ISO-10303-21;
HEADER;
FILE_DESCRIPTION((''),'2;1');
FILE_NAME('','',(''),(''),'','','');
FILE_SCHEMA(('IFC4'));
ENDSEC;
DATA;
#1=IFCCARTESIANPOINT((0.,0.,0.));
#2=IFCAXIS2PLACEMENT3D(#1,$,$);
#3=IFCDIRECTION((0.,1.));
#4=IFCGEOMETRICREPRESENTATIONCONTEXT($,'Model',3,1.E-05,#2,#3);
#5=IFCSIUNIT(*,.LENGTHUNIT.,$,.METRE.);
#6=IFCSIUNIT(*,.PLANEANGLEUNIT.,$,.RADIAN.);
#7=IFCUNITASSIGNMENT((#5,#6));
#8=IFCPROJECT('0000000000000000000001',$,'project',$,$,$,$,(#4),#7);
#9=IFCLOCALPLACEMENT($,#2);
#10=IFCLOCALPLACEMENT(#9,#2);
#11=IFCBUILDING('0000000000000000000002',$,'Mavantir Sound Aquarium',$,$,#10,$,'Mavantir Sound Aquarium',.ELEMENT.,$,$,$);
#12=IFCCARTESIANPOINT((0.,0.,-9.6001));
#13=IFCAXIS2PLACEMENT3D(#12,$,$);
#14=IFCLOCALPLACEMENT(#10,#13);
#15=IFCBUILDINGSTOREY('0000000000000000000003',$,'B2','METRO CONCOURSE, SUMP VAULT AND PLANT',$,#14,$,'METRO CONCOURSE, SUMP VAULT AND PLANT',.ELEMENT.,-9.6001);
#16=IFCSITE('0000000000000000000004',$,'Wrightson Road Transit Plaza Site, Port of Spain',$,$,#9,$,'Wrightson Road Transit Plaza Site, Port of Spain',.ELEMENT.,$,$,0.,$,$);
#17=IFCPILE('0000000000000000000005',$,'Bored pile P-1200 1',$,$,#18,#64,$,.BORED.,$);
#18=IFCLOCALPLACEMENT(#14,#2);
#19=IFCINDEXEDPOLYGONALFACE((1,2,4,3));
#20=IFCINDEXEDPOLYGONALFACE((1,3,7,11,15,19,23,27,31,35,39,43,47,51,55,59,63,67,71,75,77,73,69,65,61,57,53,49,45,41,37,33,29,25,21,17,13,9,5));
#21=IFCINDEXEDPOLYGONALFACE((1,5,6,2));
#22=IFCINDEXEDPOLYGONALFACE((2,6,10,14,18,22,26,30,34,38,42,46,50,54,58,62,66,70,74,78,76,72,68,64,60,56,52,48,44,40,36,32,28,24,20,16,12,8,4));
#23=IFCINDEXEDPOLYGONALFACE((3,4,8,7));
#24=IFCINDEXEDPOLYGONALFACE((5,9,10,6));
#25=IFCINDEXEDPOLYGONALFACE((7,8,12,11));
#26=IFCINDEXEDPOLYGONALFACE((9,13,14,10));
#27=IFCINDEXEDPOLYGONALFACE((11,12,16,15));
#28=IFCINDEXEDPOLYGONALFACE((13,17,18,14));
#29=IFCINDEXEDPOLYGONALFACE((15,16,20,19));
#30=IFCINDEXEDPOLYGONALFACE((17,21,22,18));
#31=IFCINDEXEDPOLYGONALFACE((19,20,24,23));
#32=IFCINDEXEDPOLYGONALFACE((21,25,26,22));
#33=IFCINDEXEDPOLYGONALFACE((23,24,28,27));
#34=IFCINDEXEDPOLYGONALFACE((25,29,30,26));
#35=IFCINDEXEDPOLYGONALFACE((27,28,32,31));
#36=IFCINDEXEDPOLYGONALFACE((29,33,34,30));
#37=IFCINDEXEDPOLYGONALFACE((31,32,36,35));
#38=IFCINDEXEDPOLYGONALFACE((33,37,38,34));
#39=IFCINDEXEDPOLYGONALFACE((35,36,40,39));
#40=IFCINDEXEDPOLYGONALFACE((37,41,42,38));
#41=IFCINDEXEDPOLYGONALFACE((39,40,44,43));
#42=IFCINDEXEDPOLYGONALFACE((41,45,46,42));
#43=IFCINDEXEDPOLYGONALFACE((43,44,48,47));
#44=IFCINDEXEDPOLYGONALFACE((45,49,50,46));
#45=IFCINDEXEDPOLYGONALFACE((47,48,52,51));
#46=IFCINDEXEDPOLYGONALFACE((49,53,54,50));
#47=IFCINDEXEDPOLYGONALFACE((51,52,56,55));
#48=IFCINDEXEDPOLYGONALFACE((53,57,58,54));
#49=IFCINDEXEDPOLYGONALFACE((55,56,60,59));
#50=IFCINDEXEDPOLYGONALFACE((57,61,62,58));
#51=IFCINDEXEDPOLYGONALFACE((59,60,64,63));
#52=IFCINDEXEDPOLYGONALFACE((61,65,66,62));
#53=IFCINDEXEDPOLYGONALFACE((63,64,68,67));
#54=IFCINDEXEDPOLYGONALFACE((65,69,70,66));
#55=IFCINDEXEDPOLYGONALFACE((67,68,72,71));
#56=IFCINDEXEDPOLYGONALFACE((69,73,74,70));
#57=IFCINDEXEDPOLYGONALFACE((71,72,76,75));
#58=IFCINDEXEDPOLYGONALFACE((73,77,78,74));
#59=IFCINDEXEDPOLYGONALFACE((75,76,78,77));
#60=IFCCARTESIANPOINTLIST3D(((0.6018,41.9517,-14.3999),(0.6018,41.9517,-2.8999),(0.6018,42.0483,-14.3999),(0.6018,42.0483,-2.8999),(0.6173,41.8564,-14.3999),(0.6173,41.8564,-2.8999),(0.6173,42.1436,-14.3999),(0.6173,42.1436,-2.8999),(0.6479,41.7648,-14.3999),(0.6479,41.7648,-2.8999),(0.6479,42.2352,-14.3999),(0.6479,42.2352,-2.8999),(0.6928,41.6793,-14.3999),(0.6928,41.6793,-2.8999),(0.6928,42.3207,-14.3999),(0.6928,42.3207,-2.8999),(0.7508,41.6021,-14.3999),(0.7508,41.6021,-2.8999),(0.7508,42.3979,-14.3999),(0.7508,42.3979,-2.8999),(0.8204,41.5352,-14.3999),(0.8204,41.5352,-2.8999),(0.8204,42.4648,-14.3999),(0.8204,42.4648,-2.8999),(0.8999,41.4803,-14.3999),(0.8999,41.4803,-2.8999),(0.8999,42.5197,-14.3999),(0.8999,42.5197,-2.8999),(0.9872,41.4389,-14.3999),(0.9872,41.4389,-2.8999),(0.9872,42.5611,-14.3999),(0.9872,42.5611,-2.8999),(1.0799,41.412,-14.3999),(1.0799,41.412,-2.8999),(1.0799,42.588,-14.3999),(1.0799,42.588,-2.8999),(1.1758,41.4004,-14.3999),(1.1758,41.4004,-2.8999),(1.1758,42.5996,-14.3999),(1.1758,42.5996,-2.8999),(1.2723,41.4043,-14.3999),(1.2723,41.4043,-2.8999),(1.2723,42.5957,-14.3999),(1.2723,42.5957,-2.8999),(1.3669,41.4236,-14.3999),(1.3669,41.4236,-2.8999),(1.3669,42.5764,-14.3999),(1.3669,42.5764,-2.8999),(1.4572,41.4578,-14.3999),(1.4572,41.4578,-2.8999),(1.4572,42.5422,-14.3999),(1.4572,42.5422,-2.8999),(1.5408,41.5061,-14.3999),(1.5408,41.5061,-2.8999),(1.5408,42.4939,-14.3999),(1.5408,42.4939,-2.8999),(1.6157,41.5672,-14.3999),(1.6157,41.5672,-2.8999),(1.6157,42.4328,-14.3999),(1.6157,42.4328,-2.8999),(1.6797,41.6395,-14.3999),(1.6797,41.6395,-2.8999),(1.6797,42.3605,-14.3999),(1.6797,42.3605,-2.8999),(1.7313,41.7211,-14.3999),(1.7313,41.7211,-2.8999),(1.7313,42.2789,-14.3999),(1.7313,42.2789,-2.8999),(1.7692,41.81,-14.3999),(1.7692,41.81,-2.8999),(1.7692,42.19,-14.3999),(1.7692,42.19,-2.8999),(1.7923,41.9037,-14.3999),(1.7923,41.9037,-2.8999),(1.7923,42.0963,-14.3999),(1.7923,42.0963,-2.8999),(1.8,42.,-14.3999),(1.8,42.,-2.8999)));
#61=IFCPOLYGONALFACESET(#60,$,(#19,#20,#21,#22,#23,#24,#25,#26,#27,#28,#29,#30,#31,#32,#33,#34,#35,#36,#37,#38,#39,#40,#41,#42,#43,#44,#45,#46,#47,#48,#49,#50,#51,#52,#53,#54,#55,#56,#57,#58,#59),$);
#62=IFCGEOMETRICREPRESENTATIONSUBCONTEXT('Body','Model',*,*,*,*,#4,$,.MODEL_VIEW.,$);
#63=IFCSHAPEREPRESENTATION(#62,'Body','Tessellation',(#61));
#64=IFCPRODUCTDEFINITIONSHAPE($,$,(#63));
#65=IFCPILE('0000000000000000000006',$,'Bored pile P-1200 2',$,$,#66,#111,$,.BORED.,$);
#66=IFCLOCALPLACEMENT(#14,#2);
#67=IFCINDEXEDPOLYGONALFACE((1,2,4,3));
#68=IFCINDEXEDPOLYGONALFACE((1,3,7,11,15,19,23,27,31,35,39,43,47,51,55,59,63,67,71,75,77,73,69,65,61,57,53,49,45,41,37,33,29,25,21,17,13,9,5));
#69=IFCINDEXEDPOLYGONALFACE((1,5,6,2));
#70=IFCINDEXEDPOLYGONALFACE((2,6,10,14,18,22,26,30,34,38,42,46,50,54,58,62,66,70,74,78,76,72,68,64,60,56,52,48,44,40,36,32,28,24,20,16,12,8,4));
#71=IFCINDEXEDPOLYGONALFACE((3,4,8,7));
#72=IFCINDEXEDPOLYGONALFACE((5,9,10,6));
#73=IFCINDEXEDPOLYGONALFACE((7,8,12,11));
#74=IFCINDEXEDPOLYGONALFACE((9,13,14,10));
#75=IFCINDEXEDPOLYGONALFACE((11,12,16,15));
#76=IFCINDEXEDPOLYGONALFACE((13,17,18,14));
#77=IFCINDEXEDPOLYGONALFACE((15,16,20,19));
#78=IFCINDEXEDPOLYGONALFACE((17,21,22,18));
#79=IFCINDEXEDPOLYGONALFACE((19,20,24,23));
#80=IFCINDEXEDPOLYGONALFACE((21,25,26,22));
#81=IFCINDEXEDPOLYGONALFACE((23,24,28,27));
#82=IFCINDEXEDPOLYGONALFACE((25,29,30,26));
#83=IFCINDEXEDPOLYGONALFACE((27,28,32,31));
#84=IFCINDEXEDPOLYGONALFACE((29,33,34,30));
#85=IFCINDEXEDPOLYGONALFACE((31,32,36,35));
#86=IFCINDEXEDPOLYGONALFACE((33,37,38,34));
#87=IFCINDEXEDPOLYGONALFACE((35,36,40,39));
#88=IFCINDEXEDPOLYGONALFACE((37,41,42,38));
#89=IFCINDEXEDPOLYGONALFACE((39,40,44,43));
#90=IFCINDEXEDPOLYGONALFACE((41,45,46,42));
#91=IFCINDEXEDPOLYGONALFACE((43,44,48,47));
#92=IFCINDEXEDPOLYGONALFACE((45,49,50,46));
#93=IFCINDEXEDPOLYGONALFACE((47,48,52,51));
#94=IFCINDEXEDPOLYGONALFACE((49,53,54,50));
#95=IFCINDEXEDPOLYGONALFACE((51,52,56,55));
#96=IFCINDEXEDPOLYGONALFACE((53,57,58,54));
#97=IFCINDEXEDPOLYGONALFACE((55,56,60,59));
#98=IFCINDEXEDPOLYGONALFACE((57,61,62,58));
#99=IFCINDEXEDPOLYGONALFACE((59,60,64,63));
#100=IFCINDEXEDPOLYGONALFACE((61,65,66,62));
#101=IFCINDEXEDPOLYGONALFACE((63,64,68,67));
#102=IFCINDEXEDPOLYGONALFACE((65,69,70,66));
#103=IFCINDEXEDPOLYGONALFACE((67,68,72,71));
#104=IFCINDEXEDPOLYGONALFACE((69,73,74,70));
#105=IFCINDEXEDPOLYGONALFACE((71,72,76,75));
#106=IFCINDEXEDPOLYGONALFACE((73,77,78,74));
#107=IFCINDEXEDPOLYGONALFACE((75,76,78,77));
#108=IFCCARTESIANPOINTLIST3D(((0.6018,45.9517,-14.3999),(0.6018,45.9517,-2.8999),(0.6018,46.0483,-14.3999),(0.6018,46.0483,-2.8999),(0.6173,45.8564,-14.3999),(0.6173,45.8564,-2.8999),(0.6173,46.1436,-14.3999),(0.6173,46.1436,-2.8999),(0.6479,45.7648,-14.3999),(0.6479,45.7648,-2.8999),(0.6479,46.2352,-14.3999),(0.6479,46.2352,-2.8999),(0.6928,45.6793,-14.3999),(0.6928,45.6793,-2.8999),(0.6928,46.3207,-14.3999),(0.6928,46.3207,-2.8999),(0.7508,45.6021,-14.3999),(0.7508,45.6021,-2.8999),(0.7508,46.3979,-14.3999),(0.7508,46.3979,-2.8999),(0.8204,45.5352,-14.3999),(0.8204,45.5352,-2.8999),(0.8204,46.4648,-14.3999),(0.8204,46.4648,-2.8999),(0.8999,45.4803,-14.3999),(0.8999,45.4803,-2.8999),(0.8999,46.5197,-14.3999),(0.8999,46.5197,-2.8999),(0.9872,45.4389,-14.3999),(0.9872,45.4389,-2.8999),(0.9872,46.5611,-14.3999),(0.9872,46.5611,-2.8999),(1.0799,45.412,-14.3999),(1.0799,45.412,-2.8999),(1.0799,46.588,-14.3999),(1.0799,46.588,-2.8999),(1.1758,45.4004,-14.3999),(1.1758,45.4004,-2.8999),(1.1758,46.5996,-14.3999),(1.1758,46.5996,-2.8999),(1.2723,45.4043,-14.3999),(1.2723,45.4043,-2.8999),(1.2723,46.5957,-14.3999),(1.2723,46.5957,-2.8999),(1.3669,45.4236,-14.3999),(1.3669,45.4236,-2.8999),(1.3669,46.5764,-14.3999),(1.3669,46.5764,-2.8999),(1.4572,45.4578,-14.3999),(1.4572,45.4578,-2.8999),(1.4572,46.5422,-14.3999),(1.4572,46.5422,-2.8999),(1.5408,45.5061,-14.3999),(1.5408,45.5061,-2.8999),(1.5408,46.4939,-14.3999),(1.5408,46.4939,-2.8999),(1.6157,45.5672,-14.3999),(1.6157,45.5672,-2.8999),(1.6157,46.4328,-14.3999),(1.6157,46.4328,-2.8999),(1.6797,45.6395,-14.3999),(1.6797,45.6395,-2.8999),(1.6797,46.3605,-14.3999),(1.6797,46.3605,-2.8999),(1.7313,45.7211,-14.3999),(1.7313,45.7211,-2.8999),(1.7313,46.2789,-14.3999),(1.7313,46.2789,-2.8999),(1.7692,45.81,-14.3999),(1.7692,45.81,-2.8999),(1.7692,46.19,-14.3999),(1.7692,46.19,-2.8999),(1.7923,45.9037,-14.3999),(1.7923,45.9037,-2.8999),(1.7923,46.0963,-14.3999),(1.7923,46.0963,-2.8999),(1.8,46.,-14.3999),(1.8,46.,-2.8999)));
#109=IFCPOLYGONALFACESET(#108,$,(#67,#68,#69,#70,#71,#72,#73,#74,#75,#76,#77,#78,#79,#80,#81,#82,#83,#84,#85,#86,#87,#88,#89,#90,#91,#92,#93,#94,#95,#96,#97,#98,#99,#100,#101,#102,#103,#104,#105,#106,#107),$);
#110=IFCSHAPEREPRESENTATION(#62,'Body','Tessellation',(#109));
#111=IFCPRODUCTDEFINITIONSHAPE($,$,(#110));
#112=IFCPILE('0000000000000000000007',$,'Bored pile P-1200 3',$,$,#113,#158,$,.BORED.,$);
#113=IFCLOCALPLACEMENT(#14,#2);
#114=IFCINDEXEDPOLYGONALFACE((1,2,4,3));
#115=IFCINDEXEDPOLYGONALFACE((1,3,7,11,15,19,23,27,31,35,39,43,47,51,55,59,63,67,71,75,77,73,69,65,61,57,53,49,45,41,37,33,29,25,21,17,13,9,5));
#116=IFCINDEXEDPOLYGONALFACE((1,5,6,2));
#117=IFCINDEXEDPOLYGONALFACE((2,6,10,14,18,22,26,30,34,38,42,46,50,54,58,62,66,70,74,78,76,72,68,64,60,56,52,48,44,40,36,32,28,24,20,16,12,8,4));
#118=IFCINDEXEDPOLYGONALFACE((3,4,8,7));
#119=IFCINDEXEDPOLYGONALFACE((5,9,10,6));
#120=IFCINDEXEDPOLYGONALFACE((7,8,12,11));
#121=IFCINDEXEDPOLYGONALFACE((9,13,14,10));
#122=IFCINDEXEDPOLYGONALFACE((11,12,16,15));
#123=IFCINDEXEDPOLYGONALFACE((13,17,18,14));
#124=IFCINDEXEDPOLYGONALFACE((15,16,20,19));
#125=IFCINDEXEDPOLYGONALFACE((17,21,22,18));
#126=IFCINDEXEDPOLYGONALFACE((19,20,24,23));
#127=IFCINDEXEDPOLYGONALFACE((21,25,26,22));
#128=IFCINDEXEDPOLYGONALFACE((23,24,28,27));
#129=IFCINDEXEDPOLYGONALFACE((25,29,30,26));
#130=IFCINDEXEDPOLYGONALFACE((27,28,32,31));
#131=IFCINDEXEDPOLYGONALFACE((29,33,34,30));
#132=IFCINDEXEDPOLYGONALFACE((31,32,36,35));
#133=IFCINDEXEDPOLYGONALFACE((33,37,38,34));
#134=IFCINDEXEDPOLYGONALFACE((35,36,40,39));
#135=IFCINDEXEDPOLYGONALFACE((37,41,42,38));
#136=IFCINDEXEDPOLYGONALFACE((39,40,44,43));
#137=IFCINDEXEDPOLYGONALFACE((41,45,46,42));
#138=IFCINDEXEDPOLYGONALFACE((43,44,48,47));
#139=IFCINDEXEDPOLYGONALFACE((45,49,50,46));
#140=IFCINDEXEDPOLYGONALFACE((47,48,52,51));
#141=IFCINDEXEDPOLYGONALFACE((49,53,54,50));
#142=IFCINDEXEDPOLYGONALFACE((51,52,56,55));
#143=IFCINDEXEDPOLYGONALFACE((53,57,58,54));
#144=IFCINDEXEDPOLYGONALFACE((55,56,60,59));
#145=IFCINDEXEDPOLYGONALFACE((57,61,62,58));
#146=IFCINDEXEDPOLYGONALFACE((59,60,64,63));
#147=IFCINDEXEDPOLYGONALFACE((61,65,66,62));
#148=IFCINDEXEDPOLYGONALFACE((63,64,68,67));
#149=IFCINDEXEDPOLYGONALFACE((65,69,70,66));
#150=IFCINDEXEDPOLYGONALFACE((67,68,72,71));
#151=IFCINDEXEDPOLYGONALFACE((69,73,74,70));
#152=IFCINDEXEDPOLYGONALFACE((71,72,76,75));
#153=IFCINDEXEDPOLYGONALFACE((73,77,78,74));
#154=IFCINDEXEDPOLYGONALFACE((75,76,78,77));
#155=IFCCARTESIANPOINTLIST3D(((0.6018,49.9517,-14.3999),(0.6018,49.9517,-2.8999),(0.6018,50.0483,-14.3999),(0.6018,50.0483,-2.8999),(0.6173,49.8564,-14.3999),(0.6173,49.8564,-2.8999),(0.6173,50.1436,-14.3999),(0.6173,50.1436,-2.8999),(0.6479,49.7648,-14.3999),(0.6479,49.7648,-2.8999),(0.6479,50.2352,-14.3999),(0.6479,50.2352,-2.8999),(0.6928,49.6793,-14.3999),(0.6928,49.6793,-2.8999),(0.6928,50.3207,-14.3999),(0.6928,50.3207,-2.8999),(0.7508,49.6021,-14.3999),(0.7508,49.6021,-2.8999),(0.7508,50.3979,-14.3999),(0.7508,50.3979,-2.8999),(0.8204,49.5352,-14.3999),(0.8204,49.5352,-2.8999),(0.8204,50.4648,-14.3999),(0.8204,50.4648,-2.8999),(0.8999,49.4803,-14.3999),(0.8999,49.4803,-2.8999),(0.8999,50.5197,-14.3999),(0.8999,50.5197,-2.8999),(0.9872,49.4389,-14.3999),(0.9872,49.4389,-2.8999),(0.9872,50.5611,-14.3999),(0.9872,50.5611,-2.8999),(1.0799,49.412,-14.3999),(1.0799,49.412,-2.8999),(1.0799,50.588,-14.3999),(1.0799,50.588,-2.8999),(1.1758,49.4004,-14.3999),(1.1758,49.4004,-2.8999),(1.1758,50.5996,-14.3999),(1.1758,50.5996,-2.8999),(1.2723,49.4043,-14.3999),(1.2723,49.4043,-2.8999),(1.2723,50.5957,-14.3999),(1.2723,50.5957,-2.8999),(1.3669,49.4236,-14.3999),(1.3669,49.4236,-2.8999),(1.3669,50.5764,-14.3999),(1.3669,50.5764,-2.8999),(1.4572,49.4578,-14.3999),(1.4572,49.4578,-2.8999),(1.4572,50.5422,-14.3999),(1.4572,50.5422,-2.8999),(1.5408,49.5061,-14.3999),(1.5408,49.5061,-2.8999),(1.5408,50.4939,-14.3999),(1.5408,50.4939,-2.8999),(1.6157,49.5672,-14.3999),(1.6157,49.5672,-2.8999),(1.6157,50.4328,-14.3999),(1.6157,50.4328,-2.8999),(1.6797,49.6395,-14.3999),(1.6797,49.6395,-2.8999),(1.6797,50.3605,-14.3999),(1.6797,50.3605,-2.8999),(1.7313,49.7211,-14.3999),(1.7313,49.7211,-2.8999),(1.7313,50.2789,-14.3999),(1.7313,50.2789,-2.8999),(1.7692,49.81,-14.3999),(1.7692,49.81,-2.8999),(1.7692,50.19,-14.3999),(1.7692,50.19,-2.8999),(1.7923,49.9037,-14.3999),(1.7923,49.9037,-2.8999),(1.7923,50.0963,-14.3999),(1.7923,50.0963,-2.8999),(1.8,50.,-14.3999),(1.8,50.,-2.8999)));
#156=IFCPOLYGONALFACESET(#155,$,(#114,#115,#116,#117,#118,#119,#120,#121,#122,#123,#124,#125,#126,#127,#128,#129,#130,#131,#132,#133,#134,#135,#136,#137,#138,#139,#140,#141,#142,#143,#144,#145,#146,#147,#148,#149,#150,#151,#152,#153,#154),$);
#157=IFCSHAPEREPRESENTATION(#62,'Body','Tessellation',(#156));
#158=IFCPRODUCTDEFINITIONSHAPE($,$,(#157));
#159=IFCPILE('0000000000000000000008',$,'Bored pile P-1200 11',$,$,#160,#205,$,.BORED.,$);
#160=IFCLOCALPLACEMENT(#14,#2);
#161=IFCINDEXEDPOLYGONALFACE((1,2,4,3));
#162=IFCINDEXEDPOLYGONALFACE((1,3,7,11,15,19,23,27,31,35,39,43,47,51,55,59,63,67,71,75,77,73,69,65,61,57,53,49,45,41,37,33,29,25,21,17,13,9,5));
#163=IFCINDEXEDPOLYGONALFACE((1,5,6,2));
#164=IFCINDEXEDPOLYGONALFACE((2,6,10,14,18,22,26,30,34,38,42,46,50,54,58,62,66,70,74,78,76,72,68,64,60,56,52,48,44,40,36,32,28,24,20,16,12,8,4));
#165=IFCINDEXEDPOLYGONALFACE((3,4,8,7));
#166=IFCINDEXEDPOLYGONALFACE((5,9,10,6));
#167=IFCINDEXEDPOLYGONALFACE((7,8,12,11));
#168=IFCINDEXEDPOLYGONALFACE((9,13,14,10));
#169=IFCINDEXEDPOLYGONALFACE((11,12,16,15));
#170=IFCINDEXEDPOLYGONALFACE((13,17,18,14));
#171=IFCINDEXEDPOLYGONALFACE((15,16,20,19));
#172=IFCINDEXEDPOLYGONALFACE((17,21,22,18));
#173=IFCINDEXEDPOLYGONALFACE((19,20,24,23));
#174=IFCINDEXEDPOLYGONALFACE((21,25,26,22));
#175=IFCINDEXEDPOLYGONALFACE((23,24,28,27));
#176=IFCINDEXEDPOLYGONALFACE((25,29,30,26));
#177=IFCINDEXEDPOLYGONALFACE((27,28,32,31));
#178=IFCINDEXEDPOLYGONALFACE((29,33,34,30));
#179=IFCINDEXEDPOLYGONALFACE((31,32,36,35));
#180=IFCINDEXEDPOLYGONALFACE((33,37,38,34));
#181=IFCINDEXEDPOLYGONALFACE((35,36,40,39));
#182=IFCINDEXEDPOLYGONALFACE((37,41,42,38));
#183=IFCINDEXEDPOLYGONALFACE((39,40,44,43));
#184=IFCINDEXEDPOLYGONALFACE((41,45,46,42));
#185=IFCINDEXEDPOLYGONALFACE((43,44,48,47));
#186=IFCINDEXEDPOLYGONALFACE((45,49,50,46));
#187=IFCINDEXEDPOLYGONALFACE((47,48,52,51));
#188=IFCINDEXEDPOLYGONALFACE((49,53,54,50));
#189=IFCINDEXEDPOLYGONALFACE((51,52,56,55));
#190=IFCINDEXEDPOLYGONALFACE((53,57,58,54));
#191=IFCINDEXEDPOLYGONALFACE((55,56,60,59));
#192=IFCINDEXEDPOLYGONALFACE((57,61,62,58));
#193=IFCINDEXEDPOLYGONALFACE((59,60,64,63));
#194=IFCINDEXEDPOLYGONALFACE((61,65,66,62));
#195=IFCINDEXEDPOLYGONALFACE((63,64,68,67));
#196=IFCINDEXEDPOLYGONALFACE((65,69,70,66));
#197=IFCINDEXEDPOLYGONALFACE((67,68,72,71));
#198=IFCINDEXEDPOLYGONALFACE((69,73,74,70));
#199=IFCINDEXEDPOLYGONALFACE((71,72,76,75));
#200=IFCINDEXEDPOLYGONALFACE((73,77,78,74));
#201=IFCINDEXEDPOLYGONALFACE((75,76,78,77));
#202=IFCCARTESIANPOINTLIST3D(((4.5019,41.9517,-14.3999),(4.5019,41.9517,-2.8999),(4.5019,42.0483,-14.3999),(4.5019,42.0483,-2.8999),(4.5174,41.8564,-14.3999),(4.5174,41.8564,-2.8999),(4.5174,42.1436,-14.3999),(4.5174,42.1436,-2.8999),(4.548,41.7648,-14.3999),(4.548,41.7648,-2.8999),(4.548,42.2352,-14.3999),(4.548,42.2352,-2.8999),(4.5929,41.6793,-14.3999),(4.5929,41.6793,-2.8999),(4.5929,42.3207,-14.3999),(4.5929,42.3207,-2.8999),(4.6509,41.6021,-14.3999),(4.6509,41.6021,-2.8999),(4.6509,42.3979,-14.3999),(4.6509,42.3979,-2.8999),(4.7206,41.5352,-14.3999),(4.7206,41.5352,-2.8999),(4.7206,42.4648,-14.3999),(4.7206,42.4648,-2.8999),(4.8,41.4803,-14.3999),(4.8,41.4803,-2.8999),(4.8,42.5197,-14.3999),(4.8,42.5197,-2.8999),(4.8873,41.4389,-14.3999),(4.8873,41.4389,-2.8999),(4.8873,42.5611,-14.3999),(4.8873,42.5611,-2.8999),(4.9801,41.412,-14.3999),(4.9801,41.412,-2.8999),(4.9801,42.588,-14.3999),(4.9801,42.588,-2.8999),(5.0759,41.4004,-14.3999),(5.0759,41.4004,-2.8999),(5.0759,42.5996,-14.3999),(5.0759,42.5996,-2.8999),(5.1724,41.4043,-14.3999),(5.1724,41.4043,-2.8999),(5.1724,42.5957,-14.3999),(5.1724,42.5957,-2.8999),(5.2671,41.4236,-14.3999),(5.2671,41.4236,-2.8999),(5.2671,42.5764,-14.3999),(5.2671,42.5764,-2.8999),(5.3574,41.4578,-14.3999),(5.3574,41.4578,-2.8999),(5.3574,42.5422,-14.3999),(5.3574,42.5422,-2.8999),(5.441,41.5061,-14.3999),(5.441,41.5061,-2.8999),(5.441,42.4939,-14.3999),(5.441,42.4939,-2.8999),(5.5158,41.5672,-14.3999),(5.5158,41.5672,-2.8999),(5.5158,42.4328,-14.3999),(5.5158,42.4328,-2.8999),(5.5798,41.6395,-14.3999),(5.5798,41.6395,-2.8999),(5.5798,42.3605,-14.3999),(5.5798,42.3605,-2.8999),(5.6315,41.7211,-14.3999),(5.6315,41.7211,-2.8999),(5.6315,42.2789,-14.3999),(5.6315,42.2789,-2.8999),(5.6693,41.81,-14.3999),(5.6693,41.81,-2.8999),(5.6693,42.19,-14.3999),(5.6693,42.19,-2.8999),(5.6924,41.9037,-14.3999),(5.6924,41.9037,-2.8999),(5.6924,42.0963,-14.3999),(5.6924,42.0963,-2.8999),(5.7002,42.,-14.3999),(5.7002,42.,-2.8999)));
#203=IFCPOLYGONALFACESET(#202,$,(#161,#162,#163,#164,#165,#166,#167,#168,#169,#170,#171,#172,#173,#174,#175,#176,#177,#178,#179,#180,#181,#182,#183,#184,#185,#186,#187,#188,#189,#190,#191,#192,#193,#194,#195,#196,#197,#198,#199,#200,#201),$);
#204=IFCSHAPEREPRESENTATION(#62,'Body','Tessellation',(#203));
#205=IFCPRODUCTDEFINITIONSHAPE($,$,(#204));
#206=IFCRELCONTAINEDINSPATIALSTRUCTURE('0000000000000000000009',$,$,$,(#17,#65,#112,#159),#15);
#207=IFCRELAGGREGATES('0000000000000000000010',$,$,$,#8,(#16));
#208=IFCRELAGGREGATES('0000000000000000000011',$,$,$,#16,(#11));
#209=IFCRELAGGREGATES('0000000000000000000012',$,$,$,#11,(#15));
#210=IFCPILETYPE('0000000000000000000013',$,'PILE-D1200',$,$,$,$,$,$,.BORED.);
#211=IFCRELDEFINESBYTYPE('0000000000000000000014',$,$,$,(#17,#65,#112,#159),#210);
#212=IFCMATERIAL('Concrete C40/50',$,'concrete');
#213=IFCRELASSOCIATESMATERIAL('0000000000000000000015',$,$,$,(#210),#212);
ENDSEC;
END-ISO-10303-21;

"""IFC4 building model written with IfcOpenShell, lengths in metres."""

from ifc_helpers import new_model, si_unit, direction, frame, origin, origin_2d, place, context, subcontext, project, spatial, circle, extrude, material, material_profile, profile_set, type_object, element, save


model = new_model("IFC4")

# Units and contexts
model_context = context("Model", 3, precision=1e-05, world=origin(), true_north=direction((0.0, 1.0)))
body_context = subcontext(model_context, "Body", "Model", "MODEL_VIEW")
ifc_project = project(units=[si_unit("LENGTHUNIT", "METRE"), si_unit("PLANEANGLEUNIT", "RADIAN")], contexts=[model_context])

# Site, building, storey
site_placement = place(None, origin())
site = spatial("IfcSite", under=ifc_project, at=site_placement, Name="Wrightson Road Transit Plaza Site, Port of Spain", LongName="Wrightson Road Transit Plaza Site, Port of Spain", CompositionType="ELEMENT", RefElevation=0.0)
building_placement = place(site_placement, origin())
building = spatial("IfcBuilding", under=site, at=building_placement, Name="Mavantir Sound Aquarium", LongName="Mavantir Sound Aquarium", CompositionType="ELEMENT")
storey_placement = place(building_placement, frame((0.0, 0.0, -9.6001)))
storey = spatial("IfcBuildingStorey", under=building, at=storey_placement, Name="B2", Description="METRO CONCOURSE, SUMP VAULT AND PLANT", LongName="METRO CONCOURSE, SUMP VAULT AND PLANT", CompositionType="ELEMENT", Elevation=-9.6001)

# Piles
ifc_material_1 = material(Name="Concrete C40/50", Category="concrete")
ifc_material_profile_1 = material_profile(ifc_material_1, circle(Radius=0.6001, at=origin_2d()), Name="PILE D1200")
ifc_profile_set_1 = profile_set([ifc_material_profile_1], Name="Concrete C40/50")
pile_type = type_object("IfcPileType", Name="PILE-D1200", PredefinedType="BORED", material=ifc_profile_set_1)
for number, where, z_axis, x_axis, name in (
    (1, (1.2, 42.0, -2.8999), (0.0, 0.0, -1.0), (1.0, 0.0, 0.0), "Bored pile P-1200 1"),
    (2, (1.2, 46.0, -2.8999), (0.0, 0.0, -1.0), (1.0, 0.0, 0.0), "Bored pile P-1200 2"),
    (3, (1.2, 50.0, -2.8999), (0.0, 0.0, -1.0), (1.0, 0.0, 0.0), "Bored pile P-1200 3"),
    (4, (5.1001, 42.0, -2.8999), (0.0, 0.0, -1.0), (1.0, 0.0, 0.0), "Bored pile P-1200 11"),
):
    element("IfcPile", number, at=place(storey_placement, frame(where, z_axis=z_axis, x_axis=x_axis)), inside=storey, type_object=pile_type, Name=name, PredefinedType="BORED", context=body_context, shape_type="SweptSolid", body=[
        extrude(circle(Radius=0.6001, at=origin_2d()), origin(), (0.0, 0.0, 1.0), 11.5),
    ])

save(model, "model.ifc")
